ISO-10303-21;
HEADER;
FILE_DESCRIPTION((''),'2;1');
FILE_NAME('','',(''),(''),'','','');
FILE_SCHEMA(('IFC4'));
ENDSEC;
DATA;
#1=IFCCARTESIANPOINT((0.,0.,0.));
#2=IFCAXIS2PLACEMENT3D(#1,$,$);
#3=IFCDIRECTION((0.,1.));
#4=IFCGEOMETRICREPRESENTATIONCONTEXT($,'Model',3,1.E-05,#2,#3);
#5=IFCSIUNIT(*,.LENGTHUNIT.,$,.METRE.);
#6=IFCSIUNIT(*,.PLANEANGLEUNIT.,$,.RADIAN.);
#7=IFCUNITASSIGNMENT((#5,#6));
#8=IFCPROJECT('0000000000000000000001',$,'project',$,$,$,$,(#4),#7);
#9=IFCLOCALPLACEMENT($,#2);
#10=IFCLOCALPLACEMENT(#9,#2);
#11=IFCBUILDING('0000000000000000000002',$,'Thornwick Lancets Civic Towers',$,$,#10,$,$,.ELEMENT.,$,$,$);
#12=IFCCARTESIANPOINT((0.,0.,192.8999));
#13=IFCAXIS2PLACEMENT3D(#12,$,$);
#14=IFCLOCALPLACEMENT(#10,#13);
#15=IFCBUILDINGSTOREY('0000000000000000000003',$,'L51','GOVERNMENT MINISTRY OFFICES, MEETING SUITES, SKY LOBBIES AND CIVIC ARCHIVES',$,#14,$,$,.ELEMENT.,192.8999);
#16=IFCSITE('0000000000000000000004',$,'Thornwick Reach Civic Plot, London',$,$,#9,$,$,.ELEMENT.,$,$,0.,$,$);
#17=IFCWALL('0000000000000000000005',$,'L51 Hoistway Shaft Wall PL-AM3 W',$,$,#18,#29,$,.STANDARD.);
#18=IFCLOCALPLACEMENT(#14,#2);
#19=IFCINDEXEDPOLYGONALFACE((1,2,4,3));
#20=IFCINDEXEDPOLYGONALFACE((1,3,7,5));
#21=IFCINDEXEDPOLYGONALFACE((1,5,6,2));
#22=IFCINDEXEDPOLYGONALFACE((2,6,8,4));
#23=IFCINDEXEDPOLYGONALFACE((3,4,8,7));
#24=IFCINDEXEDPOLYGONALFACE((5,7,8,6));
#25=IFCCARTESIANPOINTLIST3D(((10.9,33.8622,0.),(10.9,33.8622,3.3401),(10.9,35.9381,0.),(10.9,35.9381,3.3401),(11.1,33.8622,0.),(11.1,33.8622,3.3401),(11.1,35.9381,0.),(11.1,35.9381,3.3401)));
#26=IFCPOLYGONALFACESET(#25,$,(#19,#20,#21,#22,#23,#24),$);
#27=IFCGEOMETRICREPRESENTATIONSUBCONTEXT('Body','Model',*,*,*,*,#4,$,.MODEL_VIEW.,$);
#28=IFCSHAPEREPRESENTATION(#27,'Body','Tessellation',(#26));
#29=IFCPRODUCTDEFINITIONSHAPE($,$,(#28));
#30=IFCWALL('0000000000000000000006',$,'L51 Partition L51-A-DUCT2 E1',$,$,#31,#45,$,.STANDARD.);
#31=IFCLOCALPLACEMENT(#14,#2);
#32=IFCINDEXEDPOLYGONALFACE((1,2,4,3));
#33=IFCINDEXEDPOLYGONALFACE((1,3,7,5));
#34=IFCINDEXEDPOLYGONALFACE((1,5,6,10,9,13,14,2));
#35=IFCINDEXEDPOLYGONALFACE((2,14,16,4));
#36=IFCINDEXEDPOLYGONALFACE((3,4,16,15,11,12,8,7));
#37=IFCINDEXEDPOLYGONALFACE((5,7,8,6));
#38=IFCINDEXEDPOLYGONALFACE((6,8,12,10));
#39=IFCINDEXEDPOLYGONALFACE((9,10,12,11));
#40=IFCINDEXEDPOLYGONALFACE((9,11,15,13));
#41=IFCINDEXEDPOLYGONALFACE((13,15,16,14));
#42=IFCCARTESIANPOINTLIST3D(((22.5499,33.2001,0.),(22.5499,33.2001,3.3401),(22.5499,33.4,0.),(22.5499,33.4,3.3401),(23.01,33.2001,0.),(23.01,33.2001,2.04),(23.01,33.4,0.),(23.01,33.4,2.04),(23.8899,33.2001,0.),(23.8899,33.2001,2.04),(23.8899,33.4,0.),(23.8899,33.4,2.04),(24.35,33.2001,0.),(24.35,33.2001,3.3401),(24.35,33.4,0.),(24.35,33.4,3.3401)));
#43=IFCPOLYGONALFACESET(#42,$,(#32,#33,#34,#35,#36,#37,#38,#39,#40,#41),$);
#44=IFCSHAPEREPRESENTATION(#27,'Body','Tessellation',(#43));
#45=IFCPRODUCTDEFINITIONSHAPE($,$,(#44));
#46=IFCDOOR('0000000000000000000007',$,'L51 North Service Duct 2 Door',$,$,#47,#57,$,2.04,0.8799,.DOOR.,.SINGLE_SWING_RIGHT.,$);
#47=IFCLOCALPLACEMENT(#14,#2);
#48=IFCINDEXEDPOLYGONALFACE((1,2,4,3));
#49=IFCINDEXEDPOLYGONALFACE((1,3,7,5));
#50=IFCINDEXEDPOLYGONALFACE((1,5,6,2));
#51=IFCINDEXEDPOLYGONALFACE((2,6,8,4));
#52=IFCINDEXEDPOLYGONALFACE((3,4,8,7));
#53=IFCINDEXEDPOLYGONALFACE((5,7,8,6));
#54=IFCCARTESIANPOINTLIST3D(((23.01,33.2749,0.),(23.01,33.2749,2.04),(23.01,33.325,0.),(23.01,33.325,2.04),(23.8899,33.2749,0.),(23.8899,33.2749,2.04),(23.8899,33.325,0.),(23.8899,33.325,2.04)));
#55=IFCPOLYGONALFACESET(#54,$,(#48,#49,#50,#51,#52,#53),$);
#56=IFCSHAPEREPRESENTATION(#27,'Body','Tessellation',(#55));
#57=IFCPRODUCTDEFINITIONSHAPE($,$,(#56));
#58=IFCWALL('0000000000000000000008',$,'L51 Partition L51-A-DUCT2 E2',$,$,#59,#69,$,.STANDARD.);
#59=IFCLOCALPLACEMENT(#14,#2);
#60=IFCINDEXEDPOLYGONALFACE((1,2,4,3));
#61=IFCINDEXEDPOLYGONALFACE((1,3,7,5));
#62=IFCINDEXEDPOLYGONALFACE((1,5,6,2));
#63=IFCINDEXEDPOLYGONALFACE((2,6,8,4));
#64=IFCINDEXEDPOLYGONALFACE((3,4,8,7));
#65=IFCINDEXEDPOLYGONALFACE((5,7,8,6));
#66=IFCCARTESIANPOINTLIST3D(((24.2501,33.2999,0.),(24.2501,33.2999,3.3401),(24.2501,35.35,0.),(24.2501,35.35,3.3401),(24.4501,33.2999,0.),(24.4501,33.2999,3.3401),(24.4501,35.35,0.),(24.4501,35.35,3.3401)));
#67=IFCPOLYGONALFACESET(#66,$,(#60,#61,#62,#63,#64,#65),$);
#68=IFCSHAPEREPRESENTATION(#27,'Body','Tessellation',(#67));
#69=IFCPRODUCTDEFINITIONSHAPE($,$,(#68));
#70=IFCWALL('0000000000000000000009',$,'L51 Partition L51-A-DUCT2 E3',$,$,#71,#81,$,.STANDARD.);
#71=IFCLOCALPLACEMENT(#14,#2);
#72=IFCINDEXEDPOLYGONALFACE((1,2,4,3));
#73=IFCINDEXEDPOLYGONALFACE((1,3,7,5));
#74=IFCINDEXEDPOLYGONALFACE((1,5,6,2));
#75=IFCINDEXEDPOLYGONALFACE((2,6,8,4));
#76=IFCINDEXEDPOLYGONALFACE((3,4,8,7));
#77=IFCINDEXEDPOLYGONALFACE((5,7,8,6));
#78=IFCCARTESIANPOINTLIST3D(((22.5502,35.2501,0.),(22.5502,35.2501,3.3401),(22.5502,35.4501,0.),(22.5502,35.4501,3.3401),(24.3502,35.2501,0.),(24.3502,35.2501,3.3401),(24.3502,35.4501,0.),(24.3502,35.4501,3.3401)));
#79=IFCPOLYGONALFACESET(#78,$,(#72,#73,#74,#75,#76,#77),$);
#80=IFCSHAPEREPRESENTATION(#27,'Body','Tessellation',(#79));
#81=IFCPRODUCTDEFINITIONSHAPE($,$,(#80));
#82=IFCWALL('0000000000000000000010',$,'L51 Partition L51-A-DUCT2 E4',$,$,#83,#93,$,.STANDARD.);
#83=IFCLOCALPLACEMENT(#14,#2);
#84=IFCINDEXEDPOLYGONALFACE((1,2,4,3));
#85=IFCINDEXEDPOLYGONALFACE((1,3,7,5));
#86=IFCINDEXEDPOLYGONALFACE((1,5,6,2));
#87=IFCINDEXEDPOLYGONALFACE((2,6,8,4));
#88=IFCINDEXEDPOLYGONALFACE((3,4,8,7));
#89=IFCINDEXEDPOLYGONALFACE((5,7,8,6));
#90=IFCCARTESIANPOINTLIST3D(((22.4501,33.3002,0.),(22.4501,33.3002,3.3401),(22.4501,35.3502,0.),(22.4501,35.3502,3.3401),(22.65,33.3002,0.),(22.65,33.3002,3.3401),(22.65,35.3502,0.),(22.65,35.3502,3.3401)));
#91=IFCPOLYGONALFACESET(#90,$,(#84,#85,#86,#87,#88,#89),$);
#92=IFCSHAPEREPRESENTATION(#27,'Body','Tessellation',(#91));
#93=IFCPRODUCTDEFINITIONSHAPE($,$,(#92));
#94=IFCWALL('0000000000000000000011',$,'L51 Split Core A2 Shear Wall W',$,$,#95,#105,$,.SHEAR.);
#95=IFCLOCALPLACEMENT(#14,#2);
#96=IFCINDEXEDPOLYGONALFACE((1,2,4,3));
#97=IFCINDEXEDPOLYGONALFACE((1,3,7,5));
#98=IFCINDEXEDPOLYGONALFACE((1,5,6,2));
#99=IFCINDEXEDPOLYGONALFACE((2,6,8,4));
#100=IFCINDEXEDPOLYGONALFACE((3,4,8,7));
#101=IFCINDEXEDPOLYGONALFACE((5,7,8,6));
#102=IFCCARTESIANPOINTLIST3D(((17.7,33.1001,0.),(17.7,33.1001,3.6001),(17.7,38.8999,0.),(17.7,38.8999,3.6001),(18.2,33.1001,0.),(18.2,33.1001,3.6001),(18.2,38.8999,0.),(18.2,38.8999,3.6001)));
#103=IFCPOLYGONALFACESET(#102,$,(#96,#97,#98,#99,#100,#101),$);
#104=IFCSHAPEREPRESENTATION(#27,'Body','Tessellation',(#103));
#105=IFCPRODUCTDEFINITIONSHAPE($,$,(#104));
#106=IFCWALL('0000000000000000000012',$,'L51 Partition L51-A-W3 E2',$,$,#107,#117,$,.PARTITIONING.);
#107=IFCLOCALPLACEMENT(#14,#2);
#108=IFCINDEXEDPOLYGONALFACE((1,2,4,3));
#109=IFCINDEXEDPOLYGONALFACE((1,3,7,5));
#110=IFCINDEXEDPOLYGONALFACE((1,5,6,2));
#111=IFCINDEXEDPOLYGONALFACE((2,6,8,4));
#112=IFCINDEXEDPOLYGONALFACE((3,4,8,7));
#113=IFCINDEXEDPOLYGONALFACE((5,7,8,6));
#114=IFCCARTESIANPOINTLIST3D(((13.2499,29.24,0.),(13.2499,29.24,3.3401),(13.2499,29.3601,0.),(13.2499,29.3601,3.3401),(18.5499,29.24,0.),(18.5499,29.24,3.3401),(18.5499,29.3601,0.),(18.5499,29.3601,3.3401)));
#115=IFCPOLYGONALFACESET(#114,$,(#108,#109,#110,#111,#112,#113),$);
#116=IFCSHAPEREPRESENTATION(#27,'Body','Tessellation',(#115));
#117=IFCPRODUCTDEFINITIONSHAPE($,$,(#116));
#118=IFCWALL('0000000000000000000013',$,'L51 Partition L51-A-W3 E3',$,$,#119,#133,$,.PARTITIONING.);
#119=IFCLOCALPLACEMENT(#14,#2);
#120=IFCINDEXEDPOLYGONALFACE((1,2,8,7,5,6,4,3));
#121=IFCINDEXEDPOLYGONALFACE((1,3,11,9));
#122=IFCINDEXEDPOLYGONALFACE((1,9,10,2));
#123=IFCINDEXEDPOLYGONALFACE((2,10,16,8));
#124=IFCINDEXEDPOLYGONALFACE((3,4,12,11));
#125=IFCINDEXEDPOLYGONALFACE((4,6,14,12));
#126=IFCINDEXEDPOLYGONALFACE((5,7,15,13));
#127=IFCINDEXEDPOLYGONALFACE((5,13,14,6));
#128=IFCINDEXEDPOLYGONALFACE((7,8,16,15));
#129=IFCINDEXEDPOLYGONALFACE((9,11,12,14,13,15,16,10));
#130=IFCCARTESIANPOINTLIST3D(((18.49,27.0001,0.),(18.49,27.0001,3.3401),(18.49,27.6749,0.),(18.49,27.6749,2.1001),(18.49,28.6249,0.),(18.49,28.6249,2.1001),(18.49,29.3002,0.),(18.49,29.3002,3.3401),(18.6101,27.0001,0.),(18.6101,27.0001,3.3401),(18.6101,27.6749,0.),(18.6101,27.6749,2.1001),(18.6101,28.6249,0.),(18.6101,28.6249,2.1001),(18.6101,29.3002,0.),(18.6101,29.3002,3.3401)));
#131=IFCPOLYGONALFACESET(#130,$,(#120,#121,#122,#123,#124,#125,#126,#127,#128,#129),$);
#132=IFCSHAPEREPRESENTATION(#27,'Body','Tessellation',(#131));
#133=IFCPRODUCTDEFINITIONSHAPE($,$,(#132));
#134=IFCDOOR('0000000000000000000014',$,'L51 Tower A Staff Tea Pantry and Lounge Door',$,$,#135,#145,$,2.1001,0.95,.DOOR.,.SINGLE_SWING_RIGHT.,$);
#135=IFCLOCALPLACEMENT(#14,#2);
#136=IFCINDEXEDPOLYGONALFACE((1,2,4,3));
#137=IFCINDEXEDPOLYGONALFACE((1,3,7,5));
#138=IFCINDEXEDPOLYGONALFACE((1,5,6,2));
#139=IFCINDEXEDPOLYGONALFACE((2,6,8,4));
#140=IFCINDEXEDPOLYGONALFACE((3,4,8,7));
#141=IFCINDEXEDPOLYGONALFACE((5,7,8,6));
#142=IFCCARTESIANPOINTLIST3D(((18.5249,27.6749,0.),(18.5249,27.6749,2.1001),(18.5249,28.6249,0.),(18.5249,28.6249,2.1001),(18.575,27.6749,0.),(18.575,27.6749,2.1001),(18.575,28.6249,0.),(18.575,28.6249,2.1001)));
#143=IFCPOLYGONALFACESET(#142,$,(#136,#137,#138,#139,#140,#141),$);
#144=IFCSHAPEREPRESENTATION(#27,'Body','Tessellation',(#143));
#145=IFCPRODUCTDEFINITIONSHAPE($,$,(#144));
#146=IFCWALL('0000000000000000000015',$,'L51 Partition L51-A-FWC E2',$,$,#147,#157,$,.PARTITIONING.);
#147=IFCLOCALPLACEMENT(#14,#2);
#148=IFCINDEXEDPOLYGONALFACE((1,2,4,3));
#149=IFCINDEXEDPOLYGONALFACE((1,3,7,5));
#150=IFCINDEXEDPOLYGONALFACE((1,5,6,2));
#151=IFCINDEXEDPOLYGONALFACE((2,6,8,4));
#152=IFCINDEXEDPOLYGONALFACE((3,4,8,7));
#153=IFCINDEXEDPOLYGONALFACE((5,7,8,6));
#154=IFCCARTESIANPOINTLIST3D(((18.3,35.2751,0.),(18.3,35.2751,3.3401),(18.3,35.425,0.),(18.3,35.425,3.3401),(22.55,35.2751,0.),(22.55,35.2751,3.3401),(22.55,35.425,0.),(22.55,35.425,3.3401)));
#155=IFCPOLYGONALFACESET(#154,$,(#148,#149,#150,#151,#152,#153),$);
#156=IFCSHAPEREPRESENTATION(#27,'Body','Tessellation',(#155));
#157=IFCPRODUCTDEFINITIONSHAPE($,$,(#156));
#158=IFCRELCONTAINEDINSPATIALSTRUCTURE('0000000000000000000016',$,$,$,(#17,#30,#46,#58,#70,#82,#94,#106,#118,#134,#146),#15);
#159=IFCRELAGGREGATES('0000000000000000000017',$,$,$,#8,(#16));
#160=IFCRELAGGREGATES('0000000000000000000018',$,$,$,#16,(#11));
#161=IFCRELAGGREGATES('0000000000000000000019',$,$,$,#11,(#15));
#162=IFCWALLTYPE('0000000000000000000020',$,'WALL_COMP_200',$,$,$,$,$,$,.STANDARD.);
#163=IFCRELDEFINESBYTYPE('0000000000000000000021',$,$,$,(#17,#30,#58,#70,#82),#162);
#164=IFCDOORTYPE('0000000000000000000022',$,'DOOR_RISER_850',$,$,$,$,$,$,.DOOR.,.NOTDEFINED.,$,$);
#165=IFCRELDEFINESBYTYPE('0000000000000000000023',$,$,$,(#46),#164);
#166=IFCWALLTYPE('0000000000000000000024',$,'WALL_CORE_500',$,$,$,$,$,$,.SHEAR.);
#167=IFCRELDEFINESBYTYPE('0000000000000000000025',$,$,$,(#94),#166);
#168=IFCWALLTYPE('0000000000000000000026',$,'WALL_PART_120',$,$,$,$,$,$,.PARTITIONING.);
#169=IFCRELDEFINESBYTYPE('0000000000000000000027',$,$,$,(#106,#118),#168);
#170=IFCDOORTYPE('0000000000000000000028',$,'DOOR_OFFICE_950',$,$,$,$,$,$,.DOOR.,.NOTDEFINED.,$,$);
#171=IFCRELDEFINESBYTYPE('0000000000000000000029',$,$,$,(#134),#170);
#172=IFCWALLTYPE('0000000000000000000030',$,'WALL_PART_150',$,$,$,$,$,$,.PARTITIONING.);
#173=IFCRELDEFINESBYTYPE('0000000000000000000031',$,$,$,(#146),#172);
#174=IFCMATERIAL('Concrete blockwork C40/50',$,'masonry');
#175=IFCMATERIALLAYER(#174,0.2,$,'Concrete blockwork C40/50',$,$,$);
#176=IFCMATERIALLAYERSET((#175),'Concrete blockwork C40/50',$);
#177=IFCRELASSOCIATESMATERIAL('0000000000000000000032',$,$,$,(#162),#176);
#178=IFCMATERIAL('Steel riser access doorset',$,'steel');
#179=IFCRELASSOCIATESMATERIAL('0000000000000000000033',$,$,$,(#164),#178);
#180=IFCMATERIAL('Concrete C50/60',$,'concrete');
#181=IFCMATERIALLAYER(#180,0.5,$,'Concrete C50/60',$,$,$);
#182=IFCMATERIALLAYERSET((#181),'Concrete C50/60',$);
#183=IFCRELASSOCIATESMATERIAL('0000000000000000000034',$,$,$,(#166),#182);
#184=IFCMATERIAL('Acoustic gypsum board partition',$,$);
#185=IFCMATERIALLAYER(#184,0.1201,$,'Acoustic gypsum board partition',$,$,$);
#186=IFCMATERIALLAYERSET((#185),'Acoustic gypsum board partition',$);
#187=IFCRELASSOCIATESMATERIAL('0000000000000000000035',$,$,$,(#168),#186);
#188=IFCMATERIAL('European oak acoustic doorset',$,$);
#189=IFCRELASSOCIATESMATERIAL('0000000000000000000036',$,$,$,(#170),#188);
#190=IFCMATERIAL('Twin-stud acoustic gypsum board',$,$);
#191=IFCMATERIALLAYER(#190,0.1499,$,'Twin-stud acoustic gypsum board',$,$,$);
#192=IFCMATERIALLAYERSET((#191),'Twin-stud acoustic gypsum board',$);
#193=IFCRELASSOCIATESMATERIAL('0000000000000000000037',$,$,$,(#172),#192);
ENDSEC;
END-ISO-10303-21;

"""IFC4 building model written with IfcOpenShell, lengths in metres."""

from ifc_helpers import new_model, si_unit, direction, frame, frame_2d, origin, place, context, subcontext, project, spatial, rectangle, extrude, material, layer, layer_set, type_object, element, fill, save


model = new_model("IFC4")

# Units and contexts
model_context = context("Model", 3, precision=1e-05, world=origin(), true_north=direction((0.0, 1.0)))
body_context = subcontext(model_context, "Body", "Model", "MODEL_VIEW")
ifc_project = project(units=[si_unit("LENGTHUNIT", "METRE"), si_unit("PLANEANGLEUNIT", "RADIAN")], contexts=[model_context])

# Site, building, storey
site_placement = place(None, origin())
site = spatial("IfcSite", under=ifc_project, at=site_placement, Name="Thornwick Reach Civic Plot, London", CompositionType="ELEMENT", RefElevation=0.0)
building_placement = place(site_placement, origin())
building = spatial("IfcBuilding", under=site, at=building_placement, Name="Thornwick Lancets Civic Towers", CompositionType="ELEMENT")
storey_placement = place(building_placement, frame((0.0, 0.0, 192.8999)))
storey = spatial("IfcBuildingStorey", under=building, at=storey_placement, Name="L51", Description="GOVERNMENT MINISTRY OFFICES, MEETING SUITES, SKY LOBBIES AND CIVIC ARCHIVES", CompositionType="ELEMENT", Elevation=192.8999)

# Shared definitions
ifc_material_1 = material(Name="Concrete C50/60", Category="concrete")

# Shared definitions
ifc_material_2 = material(Name="Concrete blockwork C40/50", Category="masonry")
ifc_layer_1 = layer(ifc_material_2, 0.2, Name="Concrete blockwork C40/50")
ifc_layer_set_1 = layer_set([ifc_layer_1], Name="Concrete blockwork C40/50")
wall_type_1 = type_object("IfcWallType", Name="WALL_COMP_200", PredefinedType="STANDARD", material=ifc_layer_set_1)

# Wall
wall_1_placement = place(storey_placement, frame((11.0, 33.8621, 0.0), z_axis=(0.0, 0.0, 1.0), x_axis=(0.0, 1.0, 0.0)))
element("IfcWall", 1, at=wall_1_placement, inside=storey, type_object=wall_type_1, Name="L51 Hoistway Shaft Wall PL-AM3 W", PredefinedType="STANDARD", context=body_context, shape_type="SweptSolid", body=[
    extrude(rectangle(XDim=2.0759, YDim=0.2, at=frame_2d((1.0381, 0.0))), origin(), (0.0, 0.0, 1.0), 3.3401),
])

# Wall, opening, door
wall_2_placement = place(storey_placement, frame((22.55, 33.3, 0.0), z_axis=(0.0, 0.0, 1.0), x_axis=(1.0, 0.0, 0.0)))
wall_2 = element("IfcWall", 2, at=wall_2_placement, inside=storey, type_object=wall_type_1, Name="L51 Partition L51-A-DUCT2 E1", PredefinedType="STANDARD", context=body_context, shape_type="SweptSolid", body=[
    extrude(rectangle(XDim=1.8, YDim=0.2, at=frame_2d((0.8999, 0.0))), origin(), (0.0, 0.0, 1.0), 3.3401),
])
opening_1_placement = place(wall_2_placement, frame((0.46, 0.0, 0.0)))
opening_1 = element("IfcOpeningElement", 3, at=opening_1_placement, cuts=wall_2, PredefinedType="OPENING", context=body_context, shape_type="SweptSolid", body=[
    extrude(rectangle(XDim=0.8799, YDim=2.04, at=frame_2d((0.4399, 1.02))), frame((0.0, 0.1099, 0.0), z_axis=(0.0, -1.0, 0.0), x_axis=(1.0, 0.0, 0.0)), (0.0, 0.0, 1.0), 0.22),
])
ifc_material_3 = material(Name="Steel riser access doorset", Category="steel")
door_type_1 = type_object("IfcDoorType", Name="DOOR_RISER_850", OperationType="NOTDEFINED", PredefinedType="DOOR", material=ifc_material_3)
door_1_placement = place(opening_1_placement, origin())
door_1 = element("IfcDoor", 4, at=door_1_placement, inside=storey, type_object=door_type_1, Name="L51 North Service Duct 2 Door", OperationType="SINGLE_SWING_RIGHT", OverallHeight=2.04, OverallWidth=0.8799, PredefinedType="DOOR", context=body_context, shape_type="SweptSolid", body=[
    extrude(rectangle(XDim=0.8799, YDim=2.04, at=frame_2d((0.4399, 1.02))), frame((0.0, 0.0249, 0.0), z_axis=(0.0, -1.0, 0.0), x_axis=(1.0, 0.0, 0.0)), (0.0, 0.0, 1.0), 0.05),
])
fill(opening_1, door_1)

# Walls
wall_3_placement = place(storey_placement, frame((24.3501, 33.3, 0.0), z_axis=(0.0, 0.0, 1.0), x_axis=(0.0, 1.0, 0.0)))
element("IfcWall", 5, at=wall_3_placement, inside=storey, type_object=wall_type_1, Name="L51 Partition L51-A-DUCT2 E2", PredefinedType="STANDARD", context=body_context, shape_type="SweptSolid", body=[
    extrude(rectangle(XDim=2.05, YDim=0.2, at=frame_2d((1.0249, 0.0))), origin(), (0.0, 0.0, 1.0), 3.3401),
])
wall_4_placement = place(storey_placement, frame((24.3501, 35.3501, 0.0), z_axis=(0.0, 0.0, 1.0), x_axis=(-1.0, 0.0, 0.0)))
element("IfcWall", 6, at=wall_4_placement, inside=storey, type_object=wall_type_1, Name="L51 Partition L51-A-DUCT2 E3", PredefinedType="STANDARD", context=body_context, shape_type="SweptSolid", body=[
    extrude(rectangle(XDim=1.8, YDim=0.2, at=frame_2d((0.8999, 0.0))), origin(), (0.0, 0.0, 1.0), 3.3401),
])
wall_5_placement = place(storey_placement, frame((22.55, 35.3501, 0.0), z_axis=(0.0, 0.0, 1.0), x_axis=(0.0, -1.0, 0.0)))
element("IfcWall", 7, at=wall_5_placement, inside=storey, type_object=wall_type_1, Name="L51 Partition L51-A-DUCT2 E4", PredefinedType="STANDARD", context=body_context, shape_type="SweptSolid", body=[
    extrude(rectangle(XDim=2.05, YDim=0.2, at=frame_2d((1.0249, 0.0))), origin(), (0.0, 0.0, 1.0), 3.3401),
])
ifc_layer_2 = layer(ifc_material_1, 0.5, Name="Concrete C50/60")
ifc_layer_set_2 = layer_set([ifc_layer_2], Name="Concrete C50/60")
wall_type_2 = type_object("IfcWallType", Name="WALL_CORE_500", PredefinedType="SHEAR", material=ifc_layer_set_2)
wall_6_placement = place(storey_placement, frame((17.95, 33.1001, 0.0), z_axis=(0.0, 0.0, 1.0), x_axis=(0.0, 1.0, 0.0)))
element("IfcWall", 8, at=wall_6_placement, inside=storey, type_object=wall_type_2, Name="L51 Split Core A2 Shear Wall W", PredefinedType="SHEAR", context=body_context, shape_type="SweptSolid", body=[
    extrude(rectangle(XDim=5.7998, YDim=0.5, at=frame_2d((2.8999, 0.0))), origin(), (0.0, 0.0, 1.0), 3.6001),
])
ifc_material_4 = material(Name="Acoustic gypsum board partition")
ifc_layer_3 = layer(ifc_material_4, 0.1201, Name="Acoustic gypsum board partition")
ifc_layer_set_3 = layer_set([ifc_layer_3], Name="Acoustic gypsum board partition")
wall_type_3 = type_object("IfcWallType", Name="WALL_PART_120", PredefinedType="PARTITIONING", material=ifc_layer_set_3)
wall_7_placement = place(storey_placement, frame((13.25, 29.3, 0.0), z_axis=(0.0, 0.0, 1.0), x_axis=(1.0, 0.0, 0.0)))
element("IfcWall", 9, at=wall_7_placement, inside=storey, type_object=wall_type_3, Name="L51 Partition L51-A-W3 E2", PredefinedType="PARTITIONING", context=body_context, shape_type="SweptSolid", body=[
    extrude(rectangle(XDim=5.3, YDim=0.1201, at=frame_2d((2.6499, 0.0))), origin(), (0.0, 0.0, 1.0), 3.3401),
])

# Wall, opening, door
wall_8_placement = place(storey_placement, frame((18.55, 29.3, 0.0), z_axis=(0.0, 0.0, 1.0), x_axis=(0.0, -1.0, 0.0)))
wall_8 = element("IfcWall", 10, at=wall_8_placement, inside=storey, type_object=wall_type_3, Name="L51 Partition L51-A-W3 E3", PredefinedType="PARTITIONING", context=body_context, shape_type="SweptSolid", body=[
    extrude(rectangle(XDim=2.3, YDim=0.1201, at=frame_2d((1.1499, 0.0))), origin(), (0.0, 0.0, 1.0), 3.3401),
])
opening_2_placement = place(wall_8_placement, frame((0.675, 0.0, 0.0)))
opening_2 = element("IfcOpeningElement", 11, at=opening_2_placement, cuts=wall_8, PredefinedType="OPENING", context=body_context, shape_type="SweptSolid", body=[
    extrude(rectangle(XDim=0.95, YDim=2.1001, at=frame_2d((0.4751, 1.05))), frame((0.0, 0.0701, 0.0), z_axis=(0.0, -1.0, 0.0), x_axis=(1.0, 0.0, 0.0)), (0.0, 0.0, 1.0), 0.1401),
])
ifc_material_5 = material(Name="European oak acoustic doorset")
door_type_2 = type_object("IfcDoorType", Name="DOOR_OFFICE_950", OperationType="NOTDEFINED", PredefinedType="DOOR", material=ifc_material_5)
door_2_placement = place(opening_2_placement, origin())
door_2 = element("IfcDoor", 12, at=door_2_placement, inside=storey, type_object=door_type_2, Name="L51 Tower A Staff Tea Pantry and Lounge Door", OperationType="SINGLE_SWING_RIGHT", OverallHeight=2.1001, OverallWidth=0.95, PredefinedType="DOOR", context=body_context, shape_type="SweptSolid", body=[
    extrude(rectangle(XDim=0.95, YDim=2.1001, at=frame_2d((0.4751, 1.05))), frame((0.0, 0.0249, 0.0), z_axis=(0.0, -1.0, 0.0), x_axis=(1.0, 0.0, 0.0)), (0.0, 0.0, 1.0), 0.05),
])
fill(opening_2, door_2)

# Wall
ifc_material_6 = material(Name="Twin-stud acoustic gypsum board")
ifc_layer_4 = layer(ifc_material_6, 0.1499, Name="Twin-stud acoustic gypsum board")
ifc_layer_set_4 = layer_set([ifc_layer_4], Name="Twin-stud acoustic gypsum board")
wall_type_4 = type_object("IfcWallType", Name="WALL_PART_150", PredefinedType="PARTITIONING", material=ifc_layer_set_4)
wall_9_placement = place(storey_placement, frame((18.3, 35.3501, 0.0), z_axis=(0.0, 0.0, 1.0), x_axis=(1.0, 0.0, 0.0)))
element("IfcWall", 13, at=wall_9_placement, inside=storey, type_object=wall_type_4, Name="L51 Partition L51-A-FWC E2", PredefinedType="PARTITIONING", context=body_context, shape_type="SweptSolid", body=[
    extrude(rectangle(XDim=4.25, YDim=0.1499, at=frame_2d((2.125, 0.0))), origin(), (0.0, 0.0, 1.0), 3.3401),
])

save(model, "model.ifc")
